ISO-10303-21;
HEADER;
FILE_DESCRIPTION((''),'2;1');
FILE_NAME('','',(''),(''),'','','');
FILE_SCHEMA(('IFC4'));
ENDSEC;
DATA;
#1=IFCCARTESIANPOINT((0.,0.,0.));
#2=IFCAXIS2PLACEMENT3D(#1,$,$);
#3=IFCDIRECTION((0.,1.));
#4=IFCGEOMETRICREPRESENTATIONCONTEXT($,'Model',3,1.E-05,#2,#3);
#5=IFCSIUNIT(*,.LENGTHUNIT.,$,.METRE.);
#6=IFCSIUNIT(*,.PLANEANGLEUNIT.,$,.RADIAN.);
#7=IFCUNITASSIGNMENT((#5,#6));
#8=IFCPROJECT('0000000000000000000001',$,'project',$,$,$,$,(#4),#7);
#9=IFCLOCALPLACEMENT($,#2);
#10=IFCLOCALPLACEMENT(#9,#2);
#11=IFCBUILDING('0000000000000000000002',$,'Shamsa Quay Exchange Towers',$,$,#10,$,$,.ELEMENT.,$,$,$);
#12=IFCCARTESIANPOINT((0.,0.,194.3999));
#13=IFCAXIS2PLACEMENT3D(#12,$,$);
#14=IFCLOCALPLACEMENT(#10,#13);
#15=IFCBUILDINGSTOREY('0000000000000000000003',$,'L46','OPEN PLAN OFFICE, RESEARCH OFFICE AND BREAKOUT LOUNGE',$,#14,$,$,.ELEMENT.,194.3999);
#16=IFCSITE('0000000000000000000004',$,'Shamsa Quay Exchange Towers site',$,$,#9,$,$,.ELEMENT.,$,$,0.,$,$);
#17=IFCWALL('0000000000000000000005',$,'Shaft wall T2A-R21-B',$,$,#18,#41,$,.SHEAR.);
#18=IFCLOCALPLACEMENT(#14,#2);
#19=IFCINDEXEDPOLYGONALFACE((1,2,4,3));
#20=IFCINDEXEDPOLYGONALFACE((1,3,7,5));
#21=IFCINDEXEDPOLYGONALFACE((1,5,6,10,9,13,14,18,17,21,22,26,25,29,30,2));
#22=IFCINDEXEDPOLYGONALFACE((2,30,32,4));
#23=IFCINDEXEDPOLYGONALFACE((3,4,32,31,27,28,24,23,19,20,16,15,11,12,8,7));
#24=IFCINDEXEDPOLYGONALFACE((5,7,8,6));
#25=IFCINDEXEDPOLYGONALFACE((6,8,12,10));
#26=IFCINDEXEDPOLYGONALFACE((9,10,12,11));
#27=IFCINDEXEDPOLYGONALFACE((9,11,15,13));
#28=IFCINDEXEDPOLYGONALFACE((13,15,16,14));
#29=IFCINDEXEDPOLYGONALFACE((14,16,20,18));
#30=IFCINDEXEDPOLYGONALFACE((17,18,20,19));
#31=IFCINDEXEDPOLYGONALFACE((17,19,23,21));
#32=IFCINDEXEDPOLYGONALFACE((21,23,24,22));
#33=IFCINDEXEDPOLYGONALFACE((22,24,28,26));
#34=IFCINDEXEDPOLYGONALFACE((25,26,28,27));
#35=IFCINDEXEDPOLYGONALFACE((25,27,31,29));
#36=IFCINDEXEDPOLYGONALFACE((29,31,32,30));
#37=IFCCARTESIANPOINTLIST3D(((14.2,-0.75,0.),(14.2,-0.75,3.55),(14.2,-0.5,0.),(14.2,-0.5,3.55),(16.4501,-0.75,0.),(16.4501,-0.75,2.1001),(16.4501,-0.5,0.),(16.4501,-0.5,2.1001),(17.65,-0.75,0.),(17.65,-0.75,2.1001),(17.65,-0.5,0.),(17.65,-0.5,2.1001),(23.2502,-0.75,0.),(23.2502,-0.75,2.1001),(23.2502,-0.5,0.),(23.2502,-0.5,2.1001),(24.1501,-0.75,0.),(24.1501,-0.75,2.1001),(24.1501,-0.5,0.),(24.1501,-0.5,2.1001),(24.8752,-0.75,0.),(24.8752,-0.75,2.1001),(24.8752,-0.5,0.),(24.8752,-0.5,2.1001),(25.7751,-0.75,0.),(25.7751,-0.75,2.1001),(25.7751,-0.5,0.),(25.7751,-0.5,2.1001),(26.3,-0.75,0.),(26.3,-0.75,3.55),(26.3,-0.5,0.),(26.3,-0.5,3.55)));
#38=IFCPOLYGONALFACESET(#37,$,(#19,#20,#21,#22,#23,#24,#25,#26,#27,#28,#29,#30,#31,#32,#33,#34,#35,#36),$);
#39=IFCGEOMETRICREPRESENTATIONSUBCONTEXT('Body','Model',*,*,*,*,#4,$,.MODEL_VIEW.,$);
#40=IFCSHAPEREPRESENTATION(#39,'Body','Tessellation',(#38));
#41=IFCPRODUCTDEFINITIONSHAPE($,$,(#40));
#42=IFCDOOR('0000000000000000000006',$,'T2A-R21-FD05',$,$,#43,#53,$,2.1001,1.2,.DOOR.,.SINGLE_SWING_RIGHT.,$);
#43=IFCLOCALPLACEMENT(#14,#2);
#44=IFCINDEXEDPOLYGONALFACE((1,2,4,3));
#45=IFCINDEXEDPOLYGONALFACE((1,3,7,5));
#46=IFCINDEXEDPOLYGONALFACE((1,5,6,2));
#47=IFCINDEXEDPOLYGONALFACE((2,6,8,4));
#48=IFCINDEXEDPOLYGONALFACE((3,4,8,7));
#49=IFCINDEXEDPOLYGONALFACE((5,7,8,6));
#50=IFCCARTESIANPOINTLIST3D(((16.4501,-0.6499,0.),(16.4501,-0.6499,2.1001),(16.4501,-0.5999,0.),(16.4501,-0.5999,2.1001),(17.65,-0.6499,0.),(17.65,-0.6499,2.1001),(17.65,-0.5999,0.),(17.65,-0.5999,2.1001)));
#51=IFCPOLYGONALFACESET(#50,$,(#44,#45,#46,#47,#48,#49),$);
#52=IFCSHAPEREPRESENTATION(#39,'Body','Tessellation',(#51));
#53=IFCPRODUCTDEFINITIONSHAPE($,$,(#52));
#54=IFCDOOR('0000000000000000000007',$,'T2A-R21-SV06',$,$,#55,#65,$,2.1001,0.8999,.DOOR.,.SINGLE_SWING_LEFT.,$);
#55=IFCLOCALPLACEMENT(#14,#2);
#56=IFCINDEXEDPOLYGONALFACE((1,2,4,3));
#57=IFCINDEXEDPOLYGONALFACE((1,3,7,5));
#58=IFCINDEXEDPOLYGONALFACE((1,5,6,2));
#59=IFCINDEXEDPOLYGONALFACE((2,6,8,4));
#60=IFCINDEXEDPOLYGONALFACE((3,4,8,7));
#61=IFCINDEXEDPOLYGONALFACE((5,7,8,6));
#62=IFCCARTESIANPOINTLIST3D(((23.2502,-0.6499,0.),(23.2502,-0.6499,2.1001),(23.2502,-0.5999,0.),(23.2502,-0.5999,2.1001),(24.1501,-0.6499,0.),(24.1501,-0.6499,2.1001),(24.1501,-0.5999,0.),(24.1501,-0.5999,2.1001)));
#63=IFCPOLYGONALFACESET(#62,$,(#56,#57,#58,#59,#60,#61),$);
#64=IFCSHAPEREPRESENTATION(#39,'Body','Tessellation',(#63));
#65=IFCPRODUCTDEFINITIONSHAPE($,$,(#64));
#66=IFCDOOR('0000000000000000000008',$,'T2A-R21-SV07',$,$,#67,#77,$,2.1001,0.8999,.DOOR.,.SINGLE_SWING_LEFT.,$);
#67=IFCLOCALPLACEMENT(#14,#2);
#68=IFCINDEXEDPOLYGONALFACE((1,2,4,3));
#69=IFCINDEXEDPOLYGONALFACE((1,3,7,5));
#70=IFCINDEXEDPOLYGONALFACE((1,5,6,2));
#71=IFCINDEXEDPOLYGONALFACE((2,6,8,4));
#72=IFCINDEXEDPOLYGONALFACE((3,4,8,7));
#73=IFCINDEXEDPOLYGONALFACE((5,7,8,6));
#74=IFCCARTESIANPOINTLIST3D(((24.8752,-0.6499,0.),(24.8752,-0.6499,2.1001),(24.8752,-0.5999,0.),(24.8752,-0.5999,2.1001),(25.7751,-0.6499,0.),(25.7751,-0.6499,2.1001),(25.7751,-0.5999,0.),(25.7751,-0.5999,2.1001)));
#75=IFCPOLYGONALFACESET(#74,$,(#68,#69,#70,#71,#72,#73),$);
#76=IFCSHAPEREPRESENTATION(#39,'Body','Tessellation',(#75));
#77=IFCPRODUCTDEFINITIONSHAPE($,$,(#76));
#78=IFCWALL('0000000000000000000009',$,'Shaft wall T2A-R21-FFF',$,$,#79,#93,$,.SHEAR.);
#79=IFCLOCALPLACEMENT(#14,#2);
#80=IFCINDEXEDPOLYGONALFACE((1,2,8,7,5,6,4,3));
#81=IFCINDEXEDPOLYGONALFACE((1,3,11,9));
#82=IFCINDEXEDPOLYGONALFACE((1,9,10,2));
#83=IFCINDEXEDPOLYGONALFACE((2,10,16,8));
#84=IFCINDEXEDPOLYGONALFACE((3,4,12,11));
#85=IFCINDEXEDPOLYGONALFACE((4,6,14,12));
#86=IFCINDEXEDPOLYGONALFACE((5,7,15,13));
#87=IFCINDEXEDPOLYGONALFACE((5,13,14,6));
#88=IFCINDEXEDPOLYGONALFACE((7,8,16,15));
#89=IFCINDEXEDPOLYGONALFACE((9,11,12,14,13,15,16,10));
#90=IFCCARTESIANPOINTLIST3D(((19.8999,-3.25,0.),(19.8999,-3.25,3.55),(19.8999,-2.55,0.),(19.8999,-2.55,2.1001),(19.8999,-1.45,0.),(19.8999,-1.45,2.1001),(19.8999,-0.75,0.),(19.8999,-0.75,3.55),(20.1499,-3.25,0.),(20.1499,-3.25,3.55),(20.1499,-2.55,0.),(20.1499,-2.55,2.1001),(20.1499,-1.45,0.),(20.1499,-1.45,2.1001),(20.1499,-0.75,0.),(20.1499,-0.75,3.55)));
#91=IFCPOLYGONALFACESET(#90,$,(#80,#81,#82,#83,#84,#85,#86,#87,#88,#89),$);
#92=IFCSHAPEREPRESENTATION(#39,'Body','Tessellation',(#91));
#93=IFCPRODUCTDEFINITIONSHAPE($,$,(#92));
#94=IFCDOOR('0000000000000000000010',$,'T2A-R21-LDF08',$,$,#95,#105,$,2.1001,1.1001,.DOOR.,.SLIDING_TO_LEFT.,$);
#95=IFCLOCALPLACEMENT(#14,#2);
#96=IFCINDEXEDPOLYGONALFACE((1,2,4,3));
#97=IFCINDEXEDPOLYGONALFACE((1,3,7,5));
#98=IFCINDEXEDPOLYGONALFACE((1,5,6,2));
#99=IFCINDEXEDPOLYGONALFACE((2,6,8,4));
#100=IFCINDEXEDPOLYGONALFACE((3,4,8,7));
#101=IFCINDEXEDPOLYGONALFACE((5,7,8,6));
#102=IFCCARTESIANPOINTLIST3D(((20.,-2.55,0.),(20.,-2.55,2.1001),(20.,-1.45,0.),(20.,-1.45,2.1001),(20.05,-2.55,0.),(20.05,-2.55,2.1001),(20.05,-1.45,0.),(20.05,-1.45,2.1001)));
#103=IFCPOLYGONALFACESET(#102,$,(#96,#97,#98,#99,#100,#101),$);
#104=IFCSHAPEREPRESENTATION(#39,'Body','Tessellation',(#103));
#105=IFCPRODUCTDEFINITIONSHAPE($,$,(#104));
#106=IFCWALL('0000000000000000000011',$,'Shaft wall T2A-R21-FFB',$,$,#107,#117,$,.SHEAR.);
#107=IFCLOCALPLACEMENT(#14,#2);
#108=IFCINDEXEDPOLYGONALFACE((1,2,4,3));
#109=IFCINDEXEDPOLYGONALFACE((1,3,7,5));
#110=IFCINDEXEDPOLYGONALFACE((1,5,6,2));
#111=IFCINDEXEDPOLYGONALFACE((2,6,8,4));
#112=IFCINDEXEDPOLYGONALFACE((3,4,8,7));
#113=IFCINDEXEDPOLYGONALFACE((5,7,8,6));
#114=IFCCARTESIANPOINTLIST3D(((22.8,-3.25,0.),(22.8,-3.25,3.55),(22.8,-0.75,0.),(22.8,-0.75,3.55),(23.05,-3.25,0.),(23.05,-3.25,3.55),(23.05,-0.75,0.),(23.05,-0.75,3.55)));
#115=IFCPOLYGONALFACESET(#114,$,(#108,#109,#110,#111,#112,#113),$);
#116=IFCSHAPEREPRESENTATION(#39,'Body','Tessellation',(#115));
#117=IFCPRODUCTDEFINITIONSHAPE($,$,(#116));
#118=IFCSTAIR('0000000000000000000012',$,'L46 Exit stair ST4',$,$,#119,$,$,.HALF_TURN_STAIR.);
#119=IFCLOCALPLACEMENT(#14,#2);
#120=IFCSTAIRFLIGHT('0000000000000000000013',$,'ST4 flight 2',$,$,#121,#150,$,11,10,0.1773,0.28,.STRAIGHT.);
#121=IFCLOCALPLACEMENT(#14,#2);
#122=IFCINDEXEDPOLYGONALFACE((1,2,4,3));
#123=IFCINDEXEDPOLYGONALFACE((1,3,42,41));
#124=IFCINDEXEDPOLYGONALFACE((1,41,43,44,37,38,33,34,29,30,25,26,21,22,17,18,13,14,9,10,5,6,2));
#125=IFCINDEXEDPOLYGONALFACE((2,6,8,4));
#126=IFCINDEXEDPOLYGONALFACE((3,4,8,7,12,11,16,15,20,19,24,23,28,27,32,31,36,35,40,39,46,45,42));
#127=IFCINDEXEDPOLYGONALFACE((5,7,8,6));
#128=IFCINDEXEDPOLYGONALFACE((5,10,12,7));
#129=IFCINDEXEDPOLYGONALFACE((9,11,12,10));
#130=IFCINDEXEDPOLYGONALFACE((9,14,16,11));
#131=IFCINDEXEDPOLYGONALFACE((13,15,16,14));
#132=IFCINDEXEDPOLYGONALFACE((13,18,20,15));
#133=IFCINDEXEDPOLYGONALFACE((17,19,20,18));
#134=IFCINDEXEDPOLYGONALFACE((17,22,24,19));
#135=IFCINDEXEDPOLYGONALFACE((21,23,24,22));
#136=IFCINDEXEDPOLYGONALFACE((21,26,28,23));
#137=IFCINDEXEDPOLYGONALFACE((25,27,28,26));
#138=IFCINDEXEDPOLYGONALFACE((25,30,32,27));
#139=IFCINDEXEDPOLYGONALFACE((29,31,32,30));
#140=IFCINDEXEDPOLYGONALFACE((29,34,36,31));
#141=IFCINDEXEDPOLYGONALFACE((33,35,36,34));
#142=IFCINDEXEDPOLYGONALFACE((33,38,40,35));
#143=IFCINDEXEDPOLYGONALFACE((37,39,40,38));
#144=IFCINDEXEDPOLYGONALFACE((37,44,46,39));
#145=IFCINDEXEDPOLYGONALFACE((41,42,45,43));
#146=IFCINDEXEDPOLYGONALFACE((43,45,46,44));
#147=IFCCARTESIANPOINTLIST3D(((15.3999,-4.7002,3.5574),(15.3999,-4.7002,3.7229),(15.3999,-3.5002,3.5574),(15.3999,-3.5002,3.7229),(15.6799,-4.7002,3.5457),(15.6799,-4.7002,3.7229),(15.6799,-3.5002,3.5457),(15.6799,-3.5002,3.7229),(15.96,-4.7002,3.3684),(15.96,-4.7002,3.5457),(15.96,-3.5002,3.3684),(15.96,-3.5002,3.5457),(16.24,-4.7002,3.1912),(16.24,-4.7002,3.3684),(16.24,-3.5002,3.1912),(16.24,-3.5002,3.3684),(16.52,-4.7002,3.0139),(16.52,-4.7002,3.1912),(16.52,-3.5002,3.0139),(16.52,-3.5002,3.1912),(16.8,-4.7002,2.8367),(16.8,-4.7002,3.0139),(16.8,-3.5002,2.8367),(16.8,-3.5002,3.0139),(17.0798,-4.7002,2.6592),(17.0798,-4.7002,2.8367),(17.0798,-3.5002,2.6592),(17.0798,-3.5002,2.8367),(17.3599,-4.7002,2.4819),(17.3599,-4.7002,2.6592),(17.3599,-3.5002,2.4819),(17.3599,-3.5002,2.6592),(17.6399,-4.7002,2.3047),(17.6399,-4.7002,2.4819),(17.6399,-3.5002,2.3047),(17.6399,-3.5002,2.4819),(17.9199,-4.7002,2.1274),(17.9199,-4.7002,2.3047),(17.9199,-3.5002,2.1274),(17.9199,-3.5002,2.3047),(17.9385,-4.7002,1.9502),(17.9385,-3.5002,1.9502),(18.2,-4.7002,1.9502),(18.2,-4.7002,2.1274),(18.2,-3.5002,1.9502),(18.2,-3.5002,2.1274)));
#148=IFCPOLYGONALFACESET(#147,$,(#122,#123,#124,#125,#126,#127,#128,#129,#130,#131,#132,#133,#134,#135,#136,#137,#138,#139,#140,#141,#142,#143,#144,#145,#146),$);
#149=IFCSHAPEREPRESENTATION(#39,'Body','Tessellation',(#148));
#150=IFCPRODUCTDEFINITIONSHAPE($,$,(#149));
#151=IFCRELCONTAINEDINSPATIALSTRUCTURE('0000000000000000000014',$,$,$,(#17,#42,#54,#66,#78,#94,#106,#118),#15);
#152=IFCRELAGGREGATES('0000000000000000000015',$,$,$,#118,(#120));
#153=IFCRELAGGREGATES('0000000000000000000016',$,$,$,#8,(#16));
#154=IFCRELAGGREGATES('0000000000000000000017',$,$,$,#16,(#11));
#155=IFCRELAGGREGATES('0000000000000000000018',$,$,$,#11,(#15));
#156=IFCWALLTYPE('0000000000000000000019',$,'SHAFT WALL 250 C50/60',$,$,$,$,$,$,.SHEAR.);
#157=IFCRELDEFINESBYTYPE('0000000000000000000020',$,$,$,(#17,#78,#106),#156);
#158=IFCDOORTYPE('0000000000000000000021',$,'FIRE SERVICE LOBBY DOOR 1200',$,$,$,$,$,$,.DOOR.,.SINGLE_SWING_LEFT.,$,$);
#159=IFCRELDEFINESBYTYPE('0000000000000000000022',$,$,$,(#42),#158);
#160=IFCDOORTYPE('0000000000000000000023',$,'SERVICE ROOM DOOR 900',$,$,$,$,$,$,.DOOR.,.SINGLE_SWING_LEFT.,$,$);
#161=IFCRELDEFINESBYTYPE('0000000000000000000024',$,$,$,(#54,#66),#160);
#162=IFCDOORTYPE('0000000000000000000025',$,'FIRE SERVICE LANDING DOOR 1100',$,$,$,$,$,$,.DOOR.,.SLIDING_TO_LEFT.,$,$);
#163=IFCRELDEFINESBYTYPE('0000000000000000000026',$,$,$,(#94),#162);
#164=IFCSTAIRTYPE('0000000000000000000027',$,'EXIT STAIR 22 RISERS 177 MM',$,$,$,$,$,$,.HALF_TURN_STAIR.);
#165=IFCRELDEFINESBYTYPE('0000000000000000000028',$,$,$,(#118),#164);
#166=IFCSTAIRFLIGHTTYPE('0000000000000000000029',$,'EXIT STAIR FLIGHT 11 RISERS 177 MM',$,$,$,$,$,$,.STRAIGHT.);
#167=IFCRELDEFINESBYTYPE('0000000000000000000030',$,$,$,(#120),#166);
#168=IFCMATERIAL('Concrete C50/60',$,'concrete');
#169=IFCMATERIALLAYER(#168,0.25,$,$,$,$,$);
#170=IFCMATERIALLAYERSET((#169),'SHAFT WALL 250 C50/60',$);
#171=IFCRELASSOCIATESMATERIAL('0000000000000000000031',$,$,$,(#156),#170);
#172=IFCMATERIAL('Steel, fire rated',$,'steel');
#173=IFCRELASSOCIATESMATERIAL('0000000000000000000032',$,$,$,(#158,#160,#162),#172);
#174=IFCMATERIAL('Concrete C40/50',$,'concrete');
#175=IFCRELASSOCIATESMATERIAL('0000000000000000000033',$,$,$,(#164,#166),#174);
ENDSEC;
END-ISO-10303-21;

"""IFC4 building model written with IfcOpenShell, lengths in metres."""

from ifc_helpers import new_model, si_unit, direction, frame, frame_2d, origin, place, context, subcontext, project, spatial, polyline, rectangle, outline, extrude, material, layer, layer_set, type_object, element, fill, aggregate, save


model = new_model("IFC4")

# Units and contexts
model_context = context("Model", 3, precision=1e-05, world=origin(), true_north=direction((0.0, 1.0)))
body_context = subcontext(model_context, "Body", "Model", "MODEL_VIEW")
ifc_project = project(units=[si_unit("LENGTHUNIT", "METRE"), si_unit("PLANEANGLEUNIT", "RADIAN")], contexts=[model_context])

# Site, building, storey
site_placement = place(None, origin())
site = spatial("IfcSite", under=ifc_project, at=site_placement, Name="Shamsa Quay Exchange Towers site", CompositionType="ELEMENT", RefElevation=0.0)
building_placement = place(site_placement, origin())
building = spatial("IfcBuilding", under=site, at=building_placement, Name="Shamsa Quay Exchange Towers", CompositionType="ELEMENT")
storey_placement = place(building_placement, frame((0.0, 0.0, 194.3999)))
storey = spatial("IfcBuildingStorey", under=building, at=storey_placement, Name="L46", Description="OPEN PLAN OFFICE, RESEARCH OFFICE AND BREAKOUT LOUNGE", CompositionType="ELEMENT", Elevation=194.3999)

# Shared definitions
ifc_material_1 = material(Name="Concrete C50/60", Category="concrete")
ifc_layer_1 = layer(ifc_material_1, 0.25)
ifc_layer_set_1 = layer_set([ifc_layer_1], Name="SHAFT WALL 250 C50/60")
wall_type_1 = type_object("IfcWallType", Name="SHAFT WALL 250 C50/60", PredefinedType="SHEAR", material=ifc_layer_set_1)
ifc_material_2 = material(Name="Steel, fire rated", Category="steel")

# Wall, openings, doors
wall_1_placement = place(storey_placement, frame((26.3, -0.625, 0.0), z_axis=(0.0, 0.0, 1.0), x_axis=(-1.0, 0.0, 0.0)))
wall_1 = element("IfcWall", 1, at=wall_1_placement, inside=storey, type_object=wall_type_1, Name="Shaft wall T2A-R21-B", PredefinedType="SHEAR", context=body_context, shape_type="SweptSolid", body=[
    extrude(rectangle(XDim=12.1001, YDim=0.25, at=frame_2d((6.05, 0.0))), origin(), (0.0, 0.0, 1.0), 3.55),
])
opening_1_placement = place(wall_1_placement, frame((8.6499, 0.0, 0.0)))
opening_1 = element("IfcOpeningElement", 2, at=opening_1_placement, cuts=wall_1, PredefinedType="OPENING", context=body_context, shape_type="SweptSolid", body=[
    extrude(rectangle(XDim=1.2, YDim=2.1001, at=frame_2d((0.6001, 1.05))), frame((0.0, 0.135, 0.0), z_axis=(0.0, -1.0, 0.0), x_axis=(1.0, 0.0, 0.0)), (0.0, 0.0, 1.0), 0.27),
])
opening_2_placement = place(wall_1_placement, frame((2.1499, 0.0, 0.0)))
opening_2 = element("IfcOpeningElement", 3, at=opening_2_placement, cuts=wall_1, PredefinedType="OPENING", context=body_context, shape_type="SweptSolid", body=[
    extrude(rectangle(XDim=0.8999, YDim=2.1001, at=frame_2d((0.45, 1.05))), frame((0.0, 0.135, 0.0), z_axis=(0.0, -1.0, 0.0), x_axis=(1.0, 0.0, 0.0)), (0.0, 0.0, 1.0), 0.27),
])
opening_3_placement = place(wall_1_placement, frame((0.5249, 0.0, 0.0)))
opening_3 = element("IfcOpeningElement", 4, at=opening_3_placement, cuts=wall_1, PredefinedType="OPENING", context=body_context, shape_type="SweptSolid", body=[
    extrude(rectangle(XDim=0.8999, YDim=2.1001, at=frame_2d((0.45, 1.05))), frame((0.0, 0.135, 0.0), z_axis=(0.0, -1.0, 0.0), x_axis=(1.0, 0.0, 0.0)), (0.0, 0.0, 1.0), 0.27),
])
door_type_1 = type_object("IfcDoorType", Name="FIRE SERVICE LOBBY DOOR 1200", OperationType="SINGLE_SWING_LEFT", PredefinedType="DOOR", material=ifc_material_2)
door_1_placement = place(opening_1_placement, origin())
door_1 = element("IfcDoor", 5, at=door_1_placement, inside=storey, type_object=door_type_1, Name="T2A-R21-FD05", OperationType="SINGLE_SWING_RIGHT", OverallHeight=2.1001, OverallWidth=1.2, PredefinedType="DOOR", context=body_context, shape_type="SweptSolid", body=[
    extrude(rectangle(XDim=1.2, YDim=2.1001, at=frame_2d((0.6001, 1.05))), frame((0.0, 0.0249, 0.0), z_axis=(0.0, -1.0, 0.0), x_axis=(1.0, 0.0, 0.0)), (0.0, 0.0, 1.0), 0.05),
])
fill(opening_1, door_1)
door_type_2 = type_object("IfcDoorType", Name="SERVICE ROOM DOOR 900", OperationType="SINGLE_SWING_LEFT", PredefinedType="DOOR", material=ifc_material_2)
door_2_placement = place(opening_2_placement, origin())
door_2 = element("IfcDoor", 6, at=door_2_placement, inside=storey, type_object=door_type_2, Name="T2A-R21-SV06", OperationType="SINGLE_SWING_LEFT", OverallHeight=2.1001, OverallWidth=0.8999, PredefinedType="DOOR", context=body_context, shape_type="SweptSolid", body=[
    extrude(rectangle(XDim=0.8999, YDim=2.1001, at=frame_2d((0.45, 1.05))), frame((0.0, 0.0249, 0.0), z_axis=(0.0, -1.0, 0.0), x_axis=(1.0, 0.0, 0.0)), (0.0, 0.0, 1.0), 0.05),
])
fill(opening_2, door_2)
door_3_placement = place(opening_3_placement, origin())
door_3 = element("IfcDoor", 7, at=door_3_placement, inside=storey, type_object=door_type_2, Name="T2A-R21-SV07", OperationType="SINGLE_SWING_LEFT", OverallHeight=2.1001, OverallWidth=0.8999, PredefinedType="DOOR", context=body_context, shape_type="SweptSolid", body=[
    extrude(rectangle(XDim=0.8999, YDim=2.1001, at=frame_2d((0.45, 1.05))), frame((0.0, 0.0249, 0.0), z_axis=(0.0, -1.0, 0.0), x_axis=(1.0, 0.0, 0.0)), (0.0, 0.0, 1.0), 0.05),
])
fill(opening_3, door_3)

# Wall, opening, door
wall_2_placement = place(storey_placement, frame((20.0249, -3.25, 0.0), z_axis=(0.0, 0.0, 1.0), x_axis=(0.0, 1.0, 0.0)))
wall_2 = element("IfcWall", 8, at=wall_2_placement, inside=storey, type_object=wall_type_1, Name="Shaft wall T2A-R21-FFF", PredefinedType="SHEAR", context=body_context, shape_type="SweptSolid", body=[
    extrude(rectangle(XDim=2.5, YDim=0.25, at=frame_2d((1.25, 0.0))), origin(), (0.0, 0.0, 1.0), 3.55),
])
opening_4_placement = place(wall_2_placement, frame((0.7, 0.0, 0.0)))
opening_4 = element("IfcOpeningElement", 9, at=opening_4_placement, cuts=wall_2, PredefinedType="OPENING", context=body_context, shape_type="SweptSolid", body=[
    extrude(rectangle(XDim=1.1001, YDim=2.1001, at=frame_2d((0.55, 1.05))), frame((0.0, 0.135, 0.0), z_axis=(0.0, -1.0, 0.0), x_axis=(1.0, 0.0, 0.0)), (0.0, 0.0, 1.0), 0.27),
])
door_type_3 = type_object("IfcDoorType", Name="FIRE SERVICE LANDING DOOR 1100", OperationType="SLIDING_TO_LEFT", PredefinedType="DOOR", material=ifc_material_2)
door_4_placement = place(opening_4_placement, origin())
door_4 = element("IfcDoor", 10, at=door_4_placement, inside=storey, type_object=door_type_3, Name="T2A-R21-LDF08", OperationType="SLIDING_TO_LEFT", OverallHeight=2.1001, OverallWidth=1.1001, PredefinedType="DOOR", context=body_context, shape_type="SweptSolid", body=[
    extrude(rectangle(XDim=1.1001, YDim=2.1001, at=frame_2d((0.55, 1.05))), frame((0.0, 0.0249, 0.0), z_axis=(0.0, -1.0, 0.0), x_axis=(1.0, 0.0, 0.0)), (0.0, 0.0, 1.0), 0.05),
])
fill(opening_4, door_4)

# Wall
wall_3_placement = place(storey_placement, frame((22.925, -3.25, 0.0), z_axis=(0.0, 0.0, 1.0), x_axis=(0.0, 1.0, 0.0)))
element("IfcWall", 11, at=wall_3_placement, inside=storey, type_object=wall_type_1, Name="Shaft wall T2A-R21-FFB", PredefinedType="SHEAR", context=body_context, shape_type="SweptSolid", body=[
    extrude(rectangle(XDim=2.5, YDim=0.25, at=frame_2d((1.25, 0.0))), origin(), (0.0, 0.0, 1.0), 3.55),
])

# Stair, stair flight
ifc_material_3 = material(Name="Concrete C40/50", Category="concrete")
stair_type = type_object("IfcStairType", Name="EXIT STAIR 22 RISERS 177 MM", PredefinedType="HALF_TURN_STAIR", material=ifc_material_3)
stair_placement = place(storey_placement, origin())
stair = element("IfcStair", 12, at=stair_placement, inside=storey, type_object=stair_type, Name="L46 Exit stair ST4", PredefinedType="HALF_TURN_STAIR")
stair_flight_type = type_object("IfcStairFlightType", Name="EXIT STAIR FLIGHT 11 RISERS 177 MM", PredefinedType="STRAIGHT", material=ifc_material_3)
stair_flight_placement = place(storey_placement, frame((18.2, -4.1001, 1.9502), z_axis=(0.0, 0.0, 1.0), x_axis=(-1.0, 0.0, 0.0)))
stair_flight = element("IfcStairFlight", 13, at=stair_flight_placement, type_object=stair_flight_type, Name="ST4 flight 2", NumberOfRisers=11, NumberOfTreads=10, PredefinedType="STRAIGHT", RiserHeight=0.1773, TreadLength=0.28, context=body_context, shape_type="SweptSolid", body=[
    extrude(outline(polyline([(0.0, 0.0), (0.0, 0.1772), (0.28, 0.1772), (0.28, 0.3545), (0.5601, 0.3545), (0.5601, 0.5317), (0.8401, 0.5317), (0.8401, 0.709), (1.1201, 0.709), (1.1201, 0.8865), (1.3999, 0.8865), (1.3999, 1.0637), (1.6799, 1.0637), (1.6799, 1.241), (1.96, 1.241), (1.96, 1.4182), (2.24, 1.4182), (2.24, 1.5955), (2.52, 1.5955), (2.52, 1.7727), (2.8, 1.7727), (2.8, 1.95), (2.8, 1.6072), (0.2615, 0.0), (0.0, 0.0)])), frame((0.0, 0.6001, 0.0), z_axis=(0.0, -1.0, 0.0), x_axis=(1.0, 0.0, 0.0)), (0.0, 0.0, 1.0), 1.2),
])
aggregate(stair, [stair_flight])

save(model, "model.ifc")
